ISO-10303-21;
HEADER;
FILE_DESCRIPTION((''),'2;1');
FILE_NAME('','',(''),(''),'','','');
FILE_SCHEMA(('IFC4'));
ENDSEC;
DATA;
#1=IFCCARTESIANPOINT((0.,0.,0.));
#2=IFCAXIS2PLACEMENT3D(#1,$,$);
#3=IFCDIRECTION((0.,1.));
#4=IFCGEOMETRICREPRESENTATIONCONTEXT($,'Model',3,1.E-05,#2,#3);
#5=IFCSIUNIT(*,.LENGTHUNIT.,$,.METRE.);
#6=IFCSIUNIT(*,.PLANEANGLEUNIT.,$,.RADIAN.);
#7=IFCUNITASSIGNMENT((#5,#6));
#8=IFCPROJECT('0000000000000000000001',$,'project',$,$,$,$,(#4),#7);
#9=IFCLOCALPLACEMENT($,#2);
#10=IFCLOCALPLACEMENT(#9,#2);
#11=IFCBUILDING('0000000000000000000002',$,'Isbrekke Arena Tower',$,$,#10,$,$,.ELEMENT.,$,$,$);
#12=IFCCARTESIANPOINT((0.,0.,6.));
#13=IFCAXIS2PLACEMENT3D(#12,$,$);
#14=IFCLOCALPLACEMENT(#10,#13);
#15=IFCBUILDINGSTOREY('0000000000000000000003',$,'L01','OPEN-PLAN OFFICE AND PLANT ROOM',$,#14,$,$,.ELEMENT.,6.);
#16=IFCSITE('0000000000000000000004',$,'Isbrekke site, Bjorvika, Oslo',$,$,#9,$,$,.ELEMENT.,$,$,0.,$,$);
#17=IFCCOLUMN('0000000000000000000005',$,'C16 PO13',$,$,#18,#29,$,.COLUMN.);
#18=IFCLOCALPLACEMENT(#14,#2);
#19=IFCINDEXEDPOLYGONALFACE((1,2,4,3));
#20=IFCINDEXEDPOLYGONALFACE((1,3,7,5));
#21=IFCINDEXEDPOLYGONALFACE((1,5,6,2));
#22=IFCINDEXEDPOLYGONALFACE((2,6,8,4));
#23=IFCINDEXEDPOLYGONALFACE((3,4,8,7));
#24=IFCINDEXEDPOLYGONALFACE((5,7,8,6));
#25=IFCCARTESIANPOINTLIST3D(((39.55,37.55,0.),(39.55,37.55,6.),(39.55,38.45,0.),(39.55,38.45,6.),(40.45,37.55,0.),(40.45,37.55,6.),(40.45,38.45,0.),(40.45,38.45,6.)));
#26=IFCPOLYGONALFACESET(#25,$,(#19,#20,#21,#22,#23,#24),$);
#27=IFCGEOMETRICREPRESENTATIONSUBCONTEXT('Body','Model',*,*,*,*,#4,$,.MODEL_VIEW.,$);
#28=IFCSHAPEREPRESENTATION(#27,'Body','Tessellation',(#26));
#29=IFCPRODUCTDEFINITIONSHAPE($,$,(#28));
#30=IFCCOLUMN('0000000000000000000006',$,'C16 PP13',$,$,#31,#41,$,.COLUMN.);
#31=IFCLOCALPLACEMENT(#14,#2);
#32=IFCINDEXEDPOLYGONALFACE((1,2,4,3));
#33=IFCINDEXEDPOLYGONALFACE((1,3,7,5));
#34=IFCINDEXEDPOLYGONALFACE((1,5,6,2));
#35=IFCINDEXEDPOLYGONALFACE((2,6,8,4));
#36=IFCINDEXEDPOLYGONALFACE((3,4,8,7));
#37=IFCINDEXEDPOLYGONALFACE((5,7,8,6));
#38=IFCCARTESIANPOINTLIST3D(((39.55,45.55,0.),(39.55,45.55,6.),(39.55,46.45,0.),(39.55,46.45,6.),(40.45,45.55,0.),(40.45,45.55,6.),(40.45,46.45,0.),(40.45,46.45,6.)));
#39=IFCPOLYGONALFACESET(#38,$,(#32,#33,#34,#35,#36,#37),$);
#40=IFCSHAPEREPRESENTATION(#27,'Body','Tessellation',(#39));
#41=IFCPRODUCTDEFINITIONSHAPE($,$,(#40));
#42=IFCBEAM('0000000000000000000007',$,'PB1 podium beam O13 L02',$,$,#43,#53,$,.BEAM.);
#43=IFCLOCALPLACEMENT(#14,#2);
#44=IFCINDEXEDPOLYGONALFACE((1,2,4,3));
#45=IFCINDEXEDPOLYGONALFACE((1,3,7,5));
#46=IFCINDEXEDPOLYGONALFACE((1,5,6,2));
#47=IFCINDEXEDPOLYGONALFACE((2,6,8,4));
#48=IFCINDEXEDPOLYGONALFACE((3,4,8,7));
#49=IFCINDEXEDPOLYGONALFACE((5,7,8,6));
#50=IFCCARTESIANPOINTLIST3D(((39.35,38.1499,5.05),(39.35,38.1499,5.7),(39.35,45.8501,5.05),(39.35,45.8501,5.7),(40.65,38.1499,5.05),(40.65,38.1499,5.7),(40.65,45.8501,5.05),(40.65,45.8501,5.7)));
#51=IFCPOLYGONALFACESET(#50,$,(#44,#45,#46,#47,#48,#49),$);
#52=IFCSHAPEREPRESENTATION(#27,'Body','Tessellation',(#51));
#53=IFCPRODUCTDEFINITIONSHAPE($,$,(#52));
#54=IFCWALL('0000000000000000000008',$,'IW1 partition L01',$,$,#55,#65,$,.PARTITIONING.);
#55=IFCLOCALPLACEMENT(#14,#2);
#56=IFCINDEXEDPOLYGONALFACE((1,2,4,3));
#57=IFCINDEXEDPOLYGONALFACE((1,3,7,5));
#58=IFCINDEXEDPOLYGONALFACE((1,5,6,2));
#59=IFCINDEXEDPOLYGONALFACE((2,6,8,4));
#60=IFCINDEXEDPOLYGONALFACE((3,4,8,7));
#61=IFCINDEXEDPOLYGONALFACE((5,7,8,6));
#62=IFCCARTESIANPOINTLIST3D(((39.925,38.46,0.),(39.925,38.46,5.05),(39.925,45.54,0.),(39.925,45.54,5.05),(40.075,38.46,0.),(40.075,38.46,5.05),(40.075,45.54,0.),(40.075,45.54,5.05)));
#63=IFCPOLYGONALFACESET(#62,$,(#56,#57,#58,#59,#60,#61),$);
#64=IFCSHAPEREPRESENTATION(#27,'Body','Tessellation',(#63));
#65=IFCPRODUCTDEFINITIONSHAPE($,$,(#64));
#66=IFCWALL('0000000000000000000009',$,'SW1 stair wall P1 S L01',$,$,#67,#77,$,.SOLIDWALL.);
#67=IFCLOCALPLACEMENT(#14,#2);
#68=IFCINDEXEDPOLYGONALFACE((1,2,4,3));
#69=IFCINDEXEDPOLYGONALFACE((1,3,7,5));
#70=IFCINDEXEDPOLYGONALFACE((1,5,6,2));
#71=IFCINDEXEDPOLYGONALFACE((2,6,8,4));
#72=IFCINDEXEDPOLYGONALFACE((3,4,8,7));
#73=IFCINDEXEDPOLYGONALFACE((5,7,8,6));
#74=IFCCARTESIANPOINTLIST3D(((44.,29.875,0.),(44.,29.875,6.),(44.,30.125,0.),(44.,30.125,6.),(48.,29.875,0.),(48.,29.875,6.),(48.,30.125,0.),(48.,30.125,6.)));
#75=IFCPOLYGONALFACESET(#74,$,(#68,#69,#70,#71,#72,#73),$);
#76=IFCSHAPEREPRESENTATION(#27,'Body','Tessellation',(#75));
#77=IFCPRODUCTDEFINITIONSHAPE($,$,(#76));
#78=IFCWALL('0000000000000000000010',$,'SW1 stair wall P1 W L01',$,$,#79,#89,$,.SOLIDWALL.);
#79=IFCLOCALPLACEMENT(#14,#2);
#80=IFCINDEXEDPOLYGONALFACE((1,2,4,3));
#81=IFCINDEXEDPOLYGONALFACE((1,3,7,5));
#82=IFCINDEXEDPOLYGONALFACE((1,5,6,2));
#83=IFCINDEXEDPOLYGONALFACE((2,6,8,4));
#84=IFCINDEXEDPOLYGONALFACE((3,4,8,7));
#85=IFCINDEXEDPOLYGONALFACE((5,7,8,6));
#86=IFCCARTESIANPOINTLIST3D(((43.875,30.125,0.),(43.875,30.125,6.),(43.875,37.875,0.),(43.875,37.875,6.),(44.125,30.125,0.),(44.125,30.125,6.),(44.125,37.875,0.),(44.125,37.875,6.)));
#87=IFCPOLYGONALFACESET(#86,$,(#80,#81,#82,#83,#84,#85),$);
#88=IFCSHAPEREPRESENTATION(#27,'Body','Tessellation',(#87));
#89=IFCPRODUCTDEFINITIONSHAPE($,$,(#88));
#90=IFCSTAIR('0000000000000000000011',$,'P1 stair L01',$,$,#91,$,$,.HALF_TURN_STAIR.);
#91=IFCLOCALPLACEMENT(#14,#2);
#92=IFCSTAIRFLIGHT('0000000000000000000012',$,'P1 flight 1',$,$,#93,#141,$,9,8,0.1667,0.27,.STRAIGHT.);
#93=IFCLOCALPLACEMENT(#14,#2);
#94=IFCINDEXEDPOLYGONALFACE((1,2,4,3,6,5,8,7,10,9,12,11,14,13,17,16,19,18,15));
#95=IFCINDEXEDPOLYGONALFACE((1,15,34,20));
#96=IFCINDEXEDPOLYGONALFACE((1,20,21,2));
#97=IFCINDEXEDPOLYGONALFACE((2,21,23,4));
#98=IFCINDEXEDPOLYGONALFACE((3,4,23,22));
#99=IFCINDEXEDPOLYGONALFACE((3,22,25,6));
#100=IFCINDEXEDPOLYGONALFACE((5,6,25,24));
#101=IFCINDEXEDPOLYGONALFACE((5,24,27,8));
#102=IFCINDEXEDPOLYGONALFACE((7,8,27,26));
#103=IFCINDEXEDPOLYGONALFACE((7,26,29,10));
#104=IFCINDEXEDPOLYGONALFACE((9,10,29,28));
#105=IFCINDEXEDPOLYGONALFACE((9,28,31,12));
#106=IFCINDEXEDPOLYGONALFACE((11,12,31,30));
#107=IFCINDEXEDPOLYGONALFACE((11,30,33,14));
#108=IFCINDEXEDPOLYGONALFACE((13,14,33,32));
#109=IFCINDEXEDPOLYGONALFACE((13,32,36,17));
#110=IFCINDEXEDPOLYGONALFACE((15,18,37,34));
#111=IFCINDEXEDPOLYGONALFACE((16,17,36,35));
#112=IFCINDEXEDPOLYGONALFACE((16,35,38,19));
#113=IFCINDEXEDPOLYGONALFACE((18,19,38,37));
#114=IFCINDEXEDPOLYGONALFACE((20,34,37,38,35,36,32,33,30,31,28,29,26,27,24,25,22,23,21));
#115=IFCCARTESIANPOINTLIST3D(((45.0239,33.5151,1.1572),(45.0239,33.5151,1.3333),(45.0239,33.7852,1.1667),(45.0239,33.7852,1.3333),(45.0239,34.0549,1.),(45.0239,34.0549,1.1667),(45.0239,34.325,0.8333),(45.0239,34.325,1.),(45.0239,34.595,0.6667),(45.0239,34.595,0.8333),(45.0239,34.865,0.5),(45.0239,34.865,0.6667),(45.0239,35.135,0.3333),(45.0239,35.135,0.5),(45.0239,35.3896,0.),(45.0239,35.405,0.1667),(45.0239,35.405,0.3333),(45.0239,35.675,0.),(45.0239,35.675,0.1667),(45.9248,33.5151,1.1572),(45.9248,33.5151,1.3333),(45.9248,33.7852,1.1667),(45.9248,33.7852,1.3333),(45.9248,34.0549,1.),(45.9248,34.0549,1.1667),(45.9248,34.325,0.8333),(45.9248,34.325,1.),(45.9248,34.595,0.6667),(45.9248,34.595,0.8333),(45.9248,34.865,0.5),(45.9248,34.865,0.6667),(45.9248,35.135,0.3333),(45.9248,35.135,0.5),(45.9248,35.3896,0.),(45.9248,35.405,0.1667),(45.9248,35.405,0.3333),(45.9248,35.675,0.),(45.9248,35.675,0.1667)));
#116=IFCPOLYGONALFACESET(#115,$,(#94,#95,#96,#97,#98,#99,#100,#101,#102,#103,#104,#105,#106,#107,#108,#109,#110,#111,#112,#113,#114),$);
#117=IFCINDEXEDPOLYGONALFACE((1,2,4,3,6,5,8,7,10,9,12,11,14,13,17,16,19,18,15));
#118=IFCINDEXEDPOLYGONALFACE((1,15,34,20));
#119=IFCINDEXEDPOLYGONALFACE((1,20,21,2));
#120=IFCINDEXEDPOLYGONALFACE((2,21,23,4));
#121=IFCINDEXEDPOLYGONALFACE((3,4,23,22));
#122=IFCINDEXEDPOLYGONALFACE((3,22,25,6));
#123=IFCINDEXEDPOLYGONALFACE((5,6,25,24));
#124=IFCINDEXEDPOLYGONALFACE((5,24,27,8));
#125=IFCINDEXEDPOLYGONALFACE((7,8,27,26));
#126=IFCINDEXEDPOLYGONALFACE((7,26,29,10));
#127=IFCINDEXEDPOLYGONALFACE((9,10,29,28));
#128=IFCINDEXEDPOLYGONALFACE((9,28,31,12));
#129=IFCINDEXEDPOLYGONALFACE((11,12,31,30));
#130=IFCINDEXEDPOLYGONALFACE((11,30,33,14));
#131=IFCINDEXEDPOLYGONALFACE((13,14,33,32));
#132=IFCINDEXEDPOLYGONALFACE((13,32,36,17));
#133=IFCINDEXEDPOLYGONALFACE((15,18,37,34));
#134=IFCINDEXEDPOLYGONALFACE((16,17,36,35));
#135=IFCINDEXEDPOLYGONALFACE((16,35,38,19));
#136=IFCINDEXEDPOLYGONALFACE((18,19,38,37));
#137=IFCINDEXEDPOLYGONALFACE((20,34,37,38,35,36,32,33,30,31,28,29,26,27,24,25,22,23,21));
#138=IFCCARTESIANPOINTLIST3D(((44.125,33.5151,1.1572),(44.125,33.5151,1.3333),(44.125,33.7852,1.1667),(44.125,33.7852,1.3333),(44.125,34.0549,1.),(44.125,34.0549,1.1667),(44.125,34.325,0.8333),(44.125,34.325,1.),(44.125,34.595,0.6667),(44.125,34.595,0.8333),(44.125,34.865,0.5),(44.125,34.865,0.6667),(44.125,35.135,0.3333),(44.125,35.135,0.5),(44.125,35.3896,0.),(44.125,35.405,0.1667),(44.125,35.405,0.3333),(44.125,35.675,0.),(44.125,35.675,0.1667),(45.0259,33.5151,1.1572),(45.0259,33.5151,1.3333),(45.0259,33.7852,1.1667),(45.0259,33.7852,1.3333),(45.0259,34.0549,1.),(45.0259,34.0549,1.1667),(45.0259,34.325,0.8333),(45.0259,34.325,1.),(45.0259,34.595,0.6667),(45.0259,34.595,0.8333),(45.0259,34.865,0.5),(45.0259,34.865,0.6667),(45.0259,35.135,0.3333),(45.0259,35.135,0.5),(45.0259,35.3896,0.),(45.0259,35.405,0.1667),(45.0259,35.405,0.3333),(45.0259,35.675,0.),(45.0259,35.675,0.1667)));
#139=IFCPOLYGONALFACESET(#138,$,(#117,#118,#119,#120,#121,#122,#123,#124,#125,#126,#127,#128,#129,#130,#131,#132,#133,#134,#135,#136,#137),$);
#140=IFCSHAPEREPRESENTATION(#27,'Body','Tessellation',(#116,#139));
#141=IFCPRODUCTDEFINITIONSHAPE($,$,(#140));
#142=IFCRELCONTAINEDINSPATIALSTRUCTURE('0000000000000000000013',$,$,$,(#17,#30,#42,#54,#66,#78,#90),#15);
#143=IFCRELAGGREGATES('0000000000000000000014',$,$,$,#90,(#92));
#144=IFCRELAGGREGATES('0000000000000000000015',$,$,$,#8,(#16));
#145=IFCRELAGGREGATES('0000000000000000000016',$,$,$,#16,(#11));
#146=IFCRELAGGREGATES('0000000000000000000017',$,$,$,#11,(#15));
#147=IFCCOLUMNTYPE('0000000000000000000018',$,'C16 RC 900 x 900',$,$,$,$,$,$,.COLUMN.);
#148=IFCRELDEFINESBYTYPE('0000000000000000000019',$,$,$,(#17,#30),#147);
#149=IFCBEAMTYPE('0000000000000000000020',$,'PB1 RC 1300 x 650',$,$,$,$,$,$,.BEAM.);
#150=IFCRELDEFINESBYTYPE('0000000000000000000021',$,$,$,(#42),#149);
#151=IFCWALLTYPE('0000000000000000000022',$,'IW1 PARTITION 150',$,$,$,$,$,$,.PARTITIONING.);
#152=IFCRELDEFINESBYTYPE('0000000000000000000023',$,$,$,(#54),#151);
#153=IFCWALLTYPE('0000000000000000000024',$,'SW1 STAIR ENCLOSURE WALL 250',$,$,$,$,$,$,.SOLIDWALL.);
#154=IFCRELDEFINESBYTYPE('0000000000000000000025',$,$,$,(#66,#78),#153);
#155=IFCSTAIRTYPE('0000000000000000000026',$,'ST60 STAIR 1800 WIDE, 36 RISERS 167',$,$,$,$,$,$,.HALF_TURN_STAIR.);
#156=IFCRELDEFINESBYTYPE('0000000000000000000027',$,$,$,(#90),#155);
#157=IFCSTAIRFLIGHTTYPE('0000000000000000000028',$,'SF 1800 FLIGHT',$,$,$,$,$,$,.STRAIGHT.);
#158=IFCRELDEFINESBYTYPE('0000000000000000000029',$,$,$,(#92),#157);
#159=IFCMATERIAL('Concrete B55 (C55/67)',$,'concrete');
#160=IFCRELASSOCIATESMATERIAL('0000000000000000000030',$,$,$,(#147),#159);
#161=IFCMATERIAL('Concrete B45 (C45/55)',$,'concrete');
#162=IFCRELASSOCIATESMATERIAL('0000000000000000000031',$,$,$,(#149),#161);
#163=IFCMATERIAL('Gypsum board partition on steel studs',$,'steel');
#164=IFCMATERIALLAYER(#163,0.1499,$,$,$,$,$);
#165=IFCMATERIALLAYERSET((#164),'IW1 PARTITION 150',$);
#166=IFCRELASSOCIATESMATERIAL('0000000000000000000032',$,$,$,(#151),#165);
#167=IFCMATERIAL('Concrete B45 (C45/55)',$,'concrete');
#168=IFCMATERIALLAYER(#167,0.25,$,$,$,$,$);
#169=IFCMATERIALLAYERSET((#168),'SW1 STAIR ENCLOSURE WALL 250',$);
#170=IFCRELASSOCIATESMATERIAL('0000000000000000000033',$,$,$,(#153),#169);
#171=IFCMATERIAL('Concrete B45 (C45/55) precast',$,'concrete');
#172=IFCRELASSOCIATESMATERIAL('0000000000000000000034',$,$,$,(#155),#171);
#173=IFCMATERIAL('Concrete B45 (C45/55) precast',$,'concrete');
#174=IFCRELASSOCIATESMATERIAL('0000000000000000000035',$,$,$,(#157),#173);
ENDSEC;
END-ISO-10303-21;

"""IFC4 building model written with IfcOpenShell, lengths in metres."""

from ifc_helpers import new_model, si_unit, direction, frame, frame_2d, origin, origin_2d, place, context, subcontext, project, spatial, polyline, rectangle, outline, extrude, material, layer, layer_set, material_profile, profile_set, type_object, element, aggregate, save


model = new_model("IFC4")

# Units and contexts
model_context = context("Model", 3, precision=1e-05, world=origin(), true_north=direction((0.0, 1.0)))
body_context = subcontext(model_context, "Body", "Model", "MODEL_VIEW")
ifc_project = project(units=[si_unit("LENGTHUNIT", "METRE"), si_unit("PLANEANGLEUNIT", "RADIAN")], contexts=[model_context])

# Site, building, storey
site_placement = place(None, origin())
site = spatial("IfcSite", under=ifc_project, at=site_placement, Name="Isbrekke site, Bjorvika, Oslo", CompositionType="ELEMENT", RefElevation=0.0)
building_placement = place(site_placement, origin())
building = spatial("IfcBuilding", under=site, at=building_placement, Name="Isbrekke Arena Tower", CompositionType="ELEMENT")
storey_placement = place(building_placement, frame((0.0, 0.0, 6.0)))
storey = spatial("IfcBuildingStorey", under=building, at=storey_placement, Name="L01", Description="OPEN-PLAN OFFICE AND PLANT ROOM", CompositionType="ELEMENT", Elevation=6.0)

# Columns
ifc_material_1 = material(Name="Concrete B55 (C55/67)", Category="concrete")
ifc_material_profile_1 = material_profile(ifc_material_1, rectangle(XDim=0.8999, YDim=0.8999, at=origin_2d()), Name="RC 900x900")
ifc_profile_set_1 = profile_set([ifc_material_profile_1], Name="Concrete B55 (C55/67)")
column_type = type_object("IfcColumnType", Name="C16 RC 900 x 900", PredefinedType="COLUMN", material=ifc_profile_set_1)
for number, where, z_axis, x_axis, name in (
    (1, (40.0, 38.0, 0.0), (0.0, 0.0, 1.0), (1.0, 0.0, 0.0), "C16 PO13"),
    (2, (40.0, 46.0, 0.0), (0.0, 0.0, 1.0), (1.0, 0.0, 0.0), "C16 PP13"),
):
    element("IfcColumn", number, at=place(storey_placement, frame(where, z_axis=z_axis, x_axis=x_axis)), inside=storey, type_object=column_type, Name=name, PredefinedType="COLUMN", context=body_context, shape_type="SweptSolid", body=[
        extrude(rectangle(XDim=0.8999, YDim=0.8999, at=origin_2d()), origin(), (0.0, 0.0, 1.0), 6.0),
    ])

# Beam
ifc_material_2 = material(Name="Concrete B45 (C45/55)", Category="concrete")
ifc_material_profile_2 = material_profile(ifc_material_2, rectangle(XDim=1.3, YDim=0.6499, at=origin_2d()), Name="RC 1300x650")
ifc_profile_set_2 = profile_set([ifc_material_profile_2], Name="Concrete B45 (C45/55)")
beam_type = type_object("IfcBeamType", Name="PB1 RC 1300 x 650", PredefinedType="BEAM", material=ifc_profile_set_2)
beam_placement = place(storey_placement, frame((40.0, 38.1499, 5.375), z_axis=(0.0, 1.0, 0.0), x_axis=(-1.0, 0.0, 0.0)))
element("IfcBeam", 3, at=beam_placement, inside=storey, type_object=beam_type, Name="PB1 podium beam O13 L02", PredefinedType="BEAM", context=body_context, shape_type="SweptSolid", body=[
    extrude(rectangle(XDim=1.3, YDim=0.6499, at=origin_2d()), origin(), (0.0, 0.0, 1.0), 7.7002),
])

# Walls
ifc_material_3 = material(Name="Gypsum board partition on steel studs", Category="steel")
ifc_layer_1 = layer(ifc_material_3, 0.1499)
ifc_layer_set_1 = layer_set([ifc_layer_1], Name="IW1 PARTITION 150")
wall_type_1 = type_object("IfcWallType", Name="IW1 PARTITION 150", PredefinedType="PARTITIONING", material=ifc_layer_set_1)
wall_1_placement = place(storey_placement, frame((40.0, 38.46, 0.0), z_axis=(0.0, 0.0, 1.0), x_axis=(0.0, 1.0, 0.0)))
element("IfcWall", 4, at=wall_1_placement, inside=storey, type_object=wall_type_1, Name="IW1 partition L01", PredefinedType="PARTITIONING", context=body_context, shape_type="SweptSolid", body=[
    extrude(rectangle(XDim=7.0801, YDim=0.1499, at=frame_2d((3.54, 0.0))), origin(), (0.0, 0.0, 1.0), 5.05),
])
ifc_material_4 = material(Name="Concrete B45 (C45/55)", Category="concrete")
ifc_layer_2 = layer(ifc_material_4, 0.25)
ifc_layer_set_2 = layer_set([ifc_layer_2], Name="SW1 STAIR ENCLOSURE WALL 250")
wall_type_2 = type_object("IfcWallType", Name="SW1 STAIR ENCLOSURE WALL 250", PredefinedType="SOLIDWALL", material=ifc_layer_set_2)
wall_2_placement = place(storey_placement, frame((44.0, 30.0, 0.0), z_axis=(0.0, 0.0, 1.0), x_axis=(1.0, 0.0, 0.0)))
element("IfcWall", 5, at=wall_2_placement, inside=storey, type_object=wall_type_2, Name="SW1 stair wall P1 S L01", PredefinedType="SOLIDWALL", context=body_context, shape_type="SweptSolid", body=[
    extrude(rectangle(XDim=4.0, YDim=0.25, at=frame_2d((2.0, 0.0))), origin(), (0.0, 0.0, 1.0), 6.0),
])
wall_3_placement = place(storey_placement, frame((44.0, 37.875, 0.0), z_axis=(0.0, 0.0, 1.0), x_axis=(0.0, -1.0, 0.0)))
element("IfcWall", 6, at=wall_3_placement, inside=storey, type_object=wall_type_2, Name="SW1 stair wall P1 W L01", PredefinedType="SOLIDWALL", context=body_context, shape_type="SweptSolid", body=[
    extrude(rectangle(XDim=7.75, YDim=0.25, at=frame_2d((3.875, 0.0))), origin(), (0.0, 0.0, 1.0), 6.0),
])

# Stair, stair flight
ifc_material_5 = material(Name="Concrete B45 (C45/55) precast", Category="concrete")
stair_type = type_object("IfcStairType", Name="ST60 STAIR 1800 WIDE, 36 RISERS 167", PredefinedType="HALF_TURN_STAIR", material=ifc_material_5)
stair_placement = place(storey_placement, origin())
stair = element("IfcStair", 7, at=stair_placement, inside=storey, type_object=stair_type, Name="P1 stair L01", PredefinedType="HALF_TURN_STAIR")
ifc_material_6 = material(Name="Concrete B45 (C45/55) precast", Category="concrete")
stair_flight_type = type_object("IfcStairFlightType", Name="SF 1800 FLIGHT", PredefinedType="STRAIGHT", material=ifc_material_6)
stair_flight_1_placement = place(storey_placement, frame((45.0249, 35.675, 0.0), z_axis=(0.0, 0.0, 1.0), x_axis=(0.0, -1.0, 0.0)))
stair_flight_1 = element("IfcStairFlight", 8, at=stair_flight_1_placement, type_object=stair_flight_type, Name="P1 flight 1", NumberOfRisers=9, NumberOfTreads=8, PredefinedType="STRAIGHT", RiserHeight=0.1667, TreadLength=0.27, context=body_context, shape_type="SweptSolid", body=[
    extrude(outline(polyline([(0.0, 0.0), (0.0, 0.1667), (0.27, 0.1667), (0.27, 0.3333), (0.54, 0.3333), (0.54, 0.5), (0.8101, 0.5), (0.8101, 0.6667), (1.0801, 0.6667), (1.0801, 0.8333), (1.3501, 0.8333), (1.3501, 1.0), (1.6201, 1.0), (1.6201, 1.1667), (1.8899, 1.1667), (1.8899, 1.3333), (2.1599, 1.3333), (2.1599, 1.5), (2.1599, 1.1572), (0.2854, 0.0), (0.0, 0.0)])), frame((0.0, 0.8999, 0.0), z_axis=(0.0, -1.0, 0.0), x_axis=(1.0, 0.0, 0.0)), (0.0, 0.0, 1.0), 0.9009),
    extrude(outline(polyline([(0.0, 0.0), (0.0, 0.1667), (0.27, 0.1667), (0.27, 0.3333), (0.54, 0.3333), (0.54, 0.5), (0.8101, 0.5), (0.8101, 0.6667), (1.0801, 0.6667), (1.0801, 0.8333), (1.3501, 0.8333), (1.3501, 1.0), (1.6201, 1.0), (1.6201, 1.1667), (1.8899, 1.1667), (1.8899, 1.3333), (2.1599, 1.3333), (2.1599, 1.5), (2.1599, 1.1572), (0.2854, 0.0), (0.0, 0.0)])), frame((0.0, 0.001, 0.0), z_axis=(0.0, -1.0, 0.0), x_axis=(1.0, 0.0, 0.0)), (0.0, 0.0, 1.0), 0.9009),
])
aggregate(stair, [stair_flight_1])

save(model, "model.ifc")
